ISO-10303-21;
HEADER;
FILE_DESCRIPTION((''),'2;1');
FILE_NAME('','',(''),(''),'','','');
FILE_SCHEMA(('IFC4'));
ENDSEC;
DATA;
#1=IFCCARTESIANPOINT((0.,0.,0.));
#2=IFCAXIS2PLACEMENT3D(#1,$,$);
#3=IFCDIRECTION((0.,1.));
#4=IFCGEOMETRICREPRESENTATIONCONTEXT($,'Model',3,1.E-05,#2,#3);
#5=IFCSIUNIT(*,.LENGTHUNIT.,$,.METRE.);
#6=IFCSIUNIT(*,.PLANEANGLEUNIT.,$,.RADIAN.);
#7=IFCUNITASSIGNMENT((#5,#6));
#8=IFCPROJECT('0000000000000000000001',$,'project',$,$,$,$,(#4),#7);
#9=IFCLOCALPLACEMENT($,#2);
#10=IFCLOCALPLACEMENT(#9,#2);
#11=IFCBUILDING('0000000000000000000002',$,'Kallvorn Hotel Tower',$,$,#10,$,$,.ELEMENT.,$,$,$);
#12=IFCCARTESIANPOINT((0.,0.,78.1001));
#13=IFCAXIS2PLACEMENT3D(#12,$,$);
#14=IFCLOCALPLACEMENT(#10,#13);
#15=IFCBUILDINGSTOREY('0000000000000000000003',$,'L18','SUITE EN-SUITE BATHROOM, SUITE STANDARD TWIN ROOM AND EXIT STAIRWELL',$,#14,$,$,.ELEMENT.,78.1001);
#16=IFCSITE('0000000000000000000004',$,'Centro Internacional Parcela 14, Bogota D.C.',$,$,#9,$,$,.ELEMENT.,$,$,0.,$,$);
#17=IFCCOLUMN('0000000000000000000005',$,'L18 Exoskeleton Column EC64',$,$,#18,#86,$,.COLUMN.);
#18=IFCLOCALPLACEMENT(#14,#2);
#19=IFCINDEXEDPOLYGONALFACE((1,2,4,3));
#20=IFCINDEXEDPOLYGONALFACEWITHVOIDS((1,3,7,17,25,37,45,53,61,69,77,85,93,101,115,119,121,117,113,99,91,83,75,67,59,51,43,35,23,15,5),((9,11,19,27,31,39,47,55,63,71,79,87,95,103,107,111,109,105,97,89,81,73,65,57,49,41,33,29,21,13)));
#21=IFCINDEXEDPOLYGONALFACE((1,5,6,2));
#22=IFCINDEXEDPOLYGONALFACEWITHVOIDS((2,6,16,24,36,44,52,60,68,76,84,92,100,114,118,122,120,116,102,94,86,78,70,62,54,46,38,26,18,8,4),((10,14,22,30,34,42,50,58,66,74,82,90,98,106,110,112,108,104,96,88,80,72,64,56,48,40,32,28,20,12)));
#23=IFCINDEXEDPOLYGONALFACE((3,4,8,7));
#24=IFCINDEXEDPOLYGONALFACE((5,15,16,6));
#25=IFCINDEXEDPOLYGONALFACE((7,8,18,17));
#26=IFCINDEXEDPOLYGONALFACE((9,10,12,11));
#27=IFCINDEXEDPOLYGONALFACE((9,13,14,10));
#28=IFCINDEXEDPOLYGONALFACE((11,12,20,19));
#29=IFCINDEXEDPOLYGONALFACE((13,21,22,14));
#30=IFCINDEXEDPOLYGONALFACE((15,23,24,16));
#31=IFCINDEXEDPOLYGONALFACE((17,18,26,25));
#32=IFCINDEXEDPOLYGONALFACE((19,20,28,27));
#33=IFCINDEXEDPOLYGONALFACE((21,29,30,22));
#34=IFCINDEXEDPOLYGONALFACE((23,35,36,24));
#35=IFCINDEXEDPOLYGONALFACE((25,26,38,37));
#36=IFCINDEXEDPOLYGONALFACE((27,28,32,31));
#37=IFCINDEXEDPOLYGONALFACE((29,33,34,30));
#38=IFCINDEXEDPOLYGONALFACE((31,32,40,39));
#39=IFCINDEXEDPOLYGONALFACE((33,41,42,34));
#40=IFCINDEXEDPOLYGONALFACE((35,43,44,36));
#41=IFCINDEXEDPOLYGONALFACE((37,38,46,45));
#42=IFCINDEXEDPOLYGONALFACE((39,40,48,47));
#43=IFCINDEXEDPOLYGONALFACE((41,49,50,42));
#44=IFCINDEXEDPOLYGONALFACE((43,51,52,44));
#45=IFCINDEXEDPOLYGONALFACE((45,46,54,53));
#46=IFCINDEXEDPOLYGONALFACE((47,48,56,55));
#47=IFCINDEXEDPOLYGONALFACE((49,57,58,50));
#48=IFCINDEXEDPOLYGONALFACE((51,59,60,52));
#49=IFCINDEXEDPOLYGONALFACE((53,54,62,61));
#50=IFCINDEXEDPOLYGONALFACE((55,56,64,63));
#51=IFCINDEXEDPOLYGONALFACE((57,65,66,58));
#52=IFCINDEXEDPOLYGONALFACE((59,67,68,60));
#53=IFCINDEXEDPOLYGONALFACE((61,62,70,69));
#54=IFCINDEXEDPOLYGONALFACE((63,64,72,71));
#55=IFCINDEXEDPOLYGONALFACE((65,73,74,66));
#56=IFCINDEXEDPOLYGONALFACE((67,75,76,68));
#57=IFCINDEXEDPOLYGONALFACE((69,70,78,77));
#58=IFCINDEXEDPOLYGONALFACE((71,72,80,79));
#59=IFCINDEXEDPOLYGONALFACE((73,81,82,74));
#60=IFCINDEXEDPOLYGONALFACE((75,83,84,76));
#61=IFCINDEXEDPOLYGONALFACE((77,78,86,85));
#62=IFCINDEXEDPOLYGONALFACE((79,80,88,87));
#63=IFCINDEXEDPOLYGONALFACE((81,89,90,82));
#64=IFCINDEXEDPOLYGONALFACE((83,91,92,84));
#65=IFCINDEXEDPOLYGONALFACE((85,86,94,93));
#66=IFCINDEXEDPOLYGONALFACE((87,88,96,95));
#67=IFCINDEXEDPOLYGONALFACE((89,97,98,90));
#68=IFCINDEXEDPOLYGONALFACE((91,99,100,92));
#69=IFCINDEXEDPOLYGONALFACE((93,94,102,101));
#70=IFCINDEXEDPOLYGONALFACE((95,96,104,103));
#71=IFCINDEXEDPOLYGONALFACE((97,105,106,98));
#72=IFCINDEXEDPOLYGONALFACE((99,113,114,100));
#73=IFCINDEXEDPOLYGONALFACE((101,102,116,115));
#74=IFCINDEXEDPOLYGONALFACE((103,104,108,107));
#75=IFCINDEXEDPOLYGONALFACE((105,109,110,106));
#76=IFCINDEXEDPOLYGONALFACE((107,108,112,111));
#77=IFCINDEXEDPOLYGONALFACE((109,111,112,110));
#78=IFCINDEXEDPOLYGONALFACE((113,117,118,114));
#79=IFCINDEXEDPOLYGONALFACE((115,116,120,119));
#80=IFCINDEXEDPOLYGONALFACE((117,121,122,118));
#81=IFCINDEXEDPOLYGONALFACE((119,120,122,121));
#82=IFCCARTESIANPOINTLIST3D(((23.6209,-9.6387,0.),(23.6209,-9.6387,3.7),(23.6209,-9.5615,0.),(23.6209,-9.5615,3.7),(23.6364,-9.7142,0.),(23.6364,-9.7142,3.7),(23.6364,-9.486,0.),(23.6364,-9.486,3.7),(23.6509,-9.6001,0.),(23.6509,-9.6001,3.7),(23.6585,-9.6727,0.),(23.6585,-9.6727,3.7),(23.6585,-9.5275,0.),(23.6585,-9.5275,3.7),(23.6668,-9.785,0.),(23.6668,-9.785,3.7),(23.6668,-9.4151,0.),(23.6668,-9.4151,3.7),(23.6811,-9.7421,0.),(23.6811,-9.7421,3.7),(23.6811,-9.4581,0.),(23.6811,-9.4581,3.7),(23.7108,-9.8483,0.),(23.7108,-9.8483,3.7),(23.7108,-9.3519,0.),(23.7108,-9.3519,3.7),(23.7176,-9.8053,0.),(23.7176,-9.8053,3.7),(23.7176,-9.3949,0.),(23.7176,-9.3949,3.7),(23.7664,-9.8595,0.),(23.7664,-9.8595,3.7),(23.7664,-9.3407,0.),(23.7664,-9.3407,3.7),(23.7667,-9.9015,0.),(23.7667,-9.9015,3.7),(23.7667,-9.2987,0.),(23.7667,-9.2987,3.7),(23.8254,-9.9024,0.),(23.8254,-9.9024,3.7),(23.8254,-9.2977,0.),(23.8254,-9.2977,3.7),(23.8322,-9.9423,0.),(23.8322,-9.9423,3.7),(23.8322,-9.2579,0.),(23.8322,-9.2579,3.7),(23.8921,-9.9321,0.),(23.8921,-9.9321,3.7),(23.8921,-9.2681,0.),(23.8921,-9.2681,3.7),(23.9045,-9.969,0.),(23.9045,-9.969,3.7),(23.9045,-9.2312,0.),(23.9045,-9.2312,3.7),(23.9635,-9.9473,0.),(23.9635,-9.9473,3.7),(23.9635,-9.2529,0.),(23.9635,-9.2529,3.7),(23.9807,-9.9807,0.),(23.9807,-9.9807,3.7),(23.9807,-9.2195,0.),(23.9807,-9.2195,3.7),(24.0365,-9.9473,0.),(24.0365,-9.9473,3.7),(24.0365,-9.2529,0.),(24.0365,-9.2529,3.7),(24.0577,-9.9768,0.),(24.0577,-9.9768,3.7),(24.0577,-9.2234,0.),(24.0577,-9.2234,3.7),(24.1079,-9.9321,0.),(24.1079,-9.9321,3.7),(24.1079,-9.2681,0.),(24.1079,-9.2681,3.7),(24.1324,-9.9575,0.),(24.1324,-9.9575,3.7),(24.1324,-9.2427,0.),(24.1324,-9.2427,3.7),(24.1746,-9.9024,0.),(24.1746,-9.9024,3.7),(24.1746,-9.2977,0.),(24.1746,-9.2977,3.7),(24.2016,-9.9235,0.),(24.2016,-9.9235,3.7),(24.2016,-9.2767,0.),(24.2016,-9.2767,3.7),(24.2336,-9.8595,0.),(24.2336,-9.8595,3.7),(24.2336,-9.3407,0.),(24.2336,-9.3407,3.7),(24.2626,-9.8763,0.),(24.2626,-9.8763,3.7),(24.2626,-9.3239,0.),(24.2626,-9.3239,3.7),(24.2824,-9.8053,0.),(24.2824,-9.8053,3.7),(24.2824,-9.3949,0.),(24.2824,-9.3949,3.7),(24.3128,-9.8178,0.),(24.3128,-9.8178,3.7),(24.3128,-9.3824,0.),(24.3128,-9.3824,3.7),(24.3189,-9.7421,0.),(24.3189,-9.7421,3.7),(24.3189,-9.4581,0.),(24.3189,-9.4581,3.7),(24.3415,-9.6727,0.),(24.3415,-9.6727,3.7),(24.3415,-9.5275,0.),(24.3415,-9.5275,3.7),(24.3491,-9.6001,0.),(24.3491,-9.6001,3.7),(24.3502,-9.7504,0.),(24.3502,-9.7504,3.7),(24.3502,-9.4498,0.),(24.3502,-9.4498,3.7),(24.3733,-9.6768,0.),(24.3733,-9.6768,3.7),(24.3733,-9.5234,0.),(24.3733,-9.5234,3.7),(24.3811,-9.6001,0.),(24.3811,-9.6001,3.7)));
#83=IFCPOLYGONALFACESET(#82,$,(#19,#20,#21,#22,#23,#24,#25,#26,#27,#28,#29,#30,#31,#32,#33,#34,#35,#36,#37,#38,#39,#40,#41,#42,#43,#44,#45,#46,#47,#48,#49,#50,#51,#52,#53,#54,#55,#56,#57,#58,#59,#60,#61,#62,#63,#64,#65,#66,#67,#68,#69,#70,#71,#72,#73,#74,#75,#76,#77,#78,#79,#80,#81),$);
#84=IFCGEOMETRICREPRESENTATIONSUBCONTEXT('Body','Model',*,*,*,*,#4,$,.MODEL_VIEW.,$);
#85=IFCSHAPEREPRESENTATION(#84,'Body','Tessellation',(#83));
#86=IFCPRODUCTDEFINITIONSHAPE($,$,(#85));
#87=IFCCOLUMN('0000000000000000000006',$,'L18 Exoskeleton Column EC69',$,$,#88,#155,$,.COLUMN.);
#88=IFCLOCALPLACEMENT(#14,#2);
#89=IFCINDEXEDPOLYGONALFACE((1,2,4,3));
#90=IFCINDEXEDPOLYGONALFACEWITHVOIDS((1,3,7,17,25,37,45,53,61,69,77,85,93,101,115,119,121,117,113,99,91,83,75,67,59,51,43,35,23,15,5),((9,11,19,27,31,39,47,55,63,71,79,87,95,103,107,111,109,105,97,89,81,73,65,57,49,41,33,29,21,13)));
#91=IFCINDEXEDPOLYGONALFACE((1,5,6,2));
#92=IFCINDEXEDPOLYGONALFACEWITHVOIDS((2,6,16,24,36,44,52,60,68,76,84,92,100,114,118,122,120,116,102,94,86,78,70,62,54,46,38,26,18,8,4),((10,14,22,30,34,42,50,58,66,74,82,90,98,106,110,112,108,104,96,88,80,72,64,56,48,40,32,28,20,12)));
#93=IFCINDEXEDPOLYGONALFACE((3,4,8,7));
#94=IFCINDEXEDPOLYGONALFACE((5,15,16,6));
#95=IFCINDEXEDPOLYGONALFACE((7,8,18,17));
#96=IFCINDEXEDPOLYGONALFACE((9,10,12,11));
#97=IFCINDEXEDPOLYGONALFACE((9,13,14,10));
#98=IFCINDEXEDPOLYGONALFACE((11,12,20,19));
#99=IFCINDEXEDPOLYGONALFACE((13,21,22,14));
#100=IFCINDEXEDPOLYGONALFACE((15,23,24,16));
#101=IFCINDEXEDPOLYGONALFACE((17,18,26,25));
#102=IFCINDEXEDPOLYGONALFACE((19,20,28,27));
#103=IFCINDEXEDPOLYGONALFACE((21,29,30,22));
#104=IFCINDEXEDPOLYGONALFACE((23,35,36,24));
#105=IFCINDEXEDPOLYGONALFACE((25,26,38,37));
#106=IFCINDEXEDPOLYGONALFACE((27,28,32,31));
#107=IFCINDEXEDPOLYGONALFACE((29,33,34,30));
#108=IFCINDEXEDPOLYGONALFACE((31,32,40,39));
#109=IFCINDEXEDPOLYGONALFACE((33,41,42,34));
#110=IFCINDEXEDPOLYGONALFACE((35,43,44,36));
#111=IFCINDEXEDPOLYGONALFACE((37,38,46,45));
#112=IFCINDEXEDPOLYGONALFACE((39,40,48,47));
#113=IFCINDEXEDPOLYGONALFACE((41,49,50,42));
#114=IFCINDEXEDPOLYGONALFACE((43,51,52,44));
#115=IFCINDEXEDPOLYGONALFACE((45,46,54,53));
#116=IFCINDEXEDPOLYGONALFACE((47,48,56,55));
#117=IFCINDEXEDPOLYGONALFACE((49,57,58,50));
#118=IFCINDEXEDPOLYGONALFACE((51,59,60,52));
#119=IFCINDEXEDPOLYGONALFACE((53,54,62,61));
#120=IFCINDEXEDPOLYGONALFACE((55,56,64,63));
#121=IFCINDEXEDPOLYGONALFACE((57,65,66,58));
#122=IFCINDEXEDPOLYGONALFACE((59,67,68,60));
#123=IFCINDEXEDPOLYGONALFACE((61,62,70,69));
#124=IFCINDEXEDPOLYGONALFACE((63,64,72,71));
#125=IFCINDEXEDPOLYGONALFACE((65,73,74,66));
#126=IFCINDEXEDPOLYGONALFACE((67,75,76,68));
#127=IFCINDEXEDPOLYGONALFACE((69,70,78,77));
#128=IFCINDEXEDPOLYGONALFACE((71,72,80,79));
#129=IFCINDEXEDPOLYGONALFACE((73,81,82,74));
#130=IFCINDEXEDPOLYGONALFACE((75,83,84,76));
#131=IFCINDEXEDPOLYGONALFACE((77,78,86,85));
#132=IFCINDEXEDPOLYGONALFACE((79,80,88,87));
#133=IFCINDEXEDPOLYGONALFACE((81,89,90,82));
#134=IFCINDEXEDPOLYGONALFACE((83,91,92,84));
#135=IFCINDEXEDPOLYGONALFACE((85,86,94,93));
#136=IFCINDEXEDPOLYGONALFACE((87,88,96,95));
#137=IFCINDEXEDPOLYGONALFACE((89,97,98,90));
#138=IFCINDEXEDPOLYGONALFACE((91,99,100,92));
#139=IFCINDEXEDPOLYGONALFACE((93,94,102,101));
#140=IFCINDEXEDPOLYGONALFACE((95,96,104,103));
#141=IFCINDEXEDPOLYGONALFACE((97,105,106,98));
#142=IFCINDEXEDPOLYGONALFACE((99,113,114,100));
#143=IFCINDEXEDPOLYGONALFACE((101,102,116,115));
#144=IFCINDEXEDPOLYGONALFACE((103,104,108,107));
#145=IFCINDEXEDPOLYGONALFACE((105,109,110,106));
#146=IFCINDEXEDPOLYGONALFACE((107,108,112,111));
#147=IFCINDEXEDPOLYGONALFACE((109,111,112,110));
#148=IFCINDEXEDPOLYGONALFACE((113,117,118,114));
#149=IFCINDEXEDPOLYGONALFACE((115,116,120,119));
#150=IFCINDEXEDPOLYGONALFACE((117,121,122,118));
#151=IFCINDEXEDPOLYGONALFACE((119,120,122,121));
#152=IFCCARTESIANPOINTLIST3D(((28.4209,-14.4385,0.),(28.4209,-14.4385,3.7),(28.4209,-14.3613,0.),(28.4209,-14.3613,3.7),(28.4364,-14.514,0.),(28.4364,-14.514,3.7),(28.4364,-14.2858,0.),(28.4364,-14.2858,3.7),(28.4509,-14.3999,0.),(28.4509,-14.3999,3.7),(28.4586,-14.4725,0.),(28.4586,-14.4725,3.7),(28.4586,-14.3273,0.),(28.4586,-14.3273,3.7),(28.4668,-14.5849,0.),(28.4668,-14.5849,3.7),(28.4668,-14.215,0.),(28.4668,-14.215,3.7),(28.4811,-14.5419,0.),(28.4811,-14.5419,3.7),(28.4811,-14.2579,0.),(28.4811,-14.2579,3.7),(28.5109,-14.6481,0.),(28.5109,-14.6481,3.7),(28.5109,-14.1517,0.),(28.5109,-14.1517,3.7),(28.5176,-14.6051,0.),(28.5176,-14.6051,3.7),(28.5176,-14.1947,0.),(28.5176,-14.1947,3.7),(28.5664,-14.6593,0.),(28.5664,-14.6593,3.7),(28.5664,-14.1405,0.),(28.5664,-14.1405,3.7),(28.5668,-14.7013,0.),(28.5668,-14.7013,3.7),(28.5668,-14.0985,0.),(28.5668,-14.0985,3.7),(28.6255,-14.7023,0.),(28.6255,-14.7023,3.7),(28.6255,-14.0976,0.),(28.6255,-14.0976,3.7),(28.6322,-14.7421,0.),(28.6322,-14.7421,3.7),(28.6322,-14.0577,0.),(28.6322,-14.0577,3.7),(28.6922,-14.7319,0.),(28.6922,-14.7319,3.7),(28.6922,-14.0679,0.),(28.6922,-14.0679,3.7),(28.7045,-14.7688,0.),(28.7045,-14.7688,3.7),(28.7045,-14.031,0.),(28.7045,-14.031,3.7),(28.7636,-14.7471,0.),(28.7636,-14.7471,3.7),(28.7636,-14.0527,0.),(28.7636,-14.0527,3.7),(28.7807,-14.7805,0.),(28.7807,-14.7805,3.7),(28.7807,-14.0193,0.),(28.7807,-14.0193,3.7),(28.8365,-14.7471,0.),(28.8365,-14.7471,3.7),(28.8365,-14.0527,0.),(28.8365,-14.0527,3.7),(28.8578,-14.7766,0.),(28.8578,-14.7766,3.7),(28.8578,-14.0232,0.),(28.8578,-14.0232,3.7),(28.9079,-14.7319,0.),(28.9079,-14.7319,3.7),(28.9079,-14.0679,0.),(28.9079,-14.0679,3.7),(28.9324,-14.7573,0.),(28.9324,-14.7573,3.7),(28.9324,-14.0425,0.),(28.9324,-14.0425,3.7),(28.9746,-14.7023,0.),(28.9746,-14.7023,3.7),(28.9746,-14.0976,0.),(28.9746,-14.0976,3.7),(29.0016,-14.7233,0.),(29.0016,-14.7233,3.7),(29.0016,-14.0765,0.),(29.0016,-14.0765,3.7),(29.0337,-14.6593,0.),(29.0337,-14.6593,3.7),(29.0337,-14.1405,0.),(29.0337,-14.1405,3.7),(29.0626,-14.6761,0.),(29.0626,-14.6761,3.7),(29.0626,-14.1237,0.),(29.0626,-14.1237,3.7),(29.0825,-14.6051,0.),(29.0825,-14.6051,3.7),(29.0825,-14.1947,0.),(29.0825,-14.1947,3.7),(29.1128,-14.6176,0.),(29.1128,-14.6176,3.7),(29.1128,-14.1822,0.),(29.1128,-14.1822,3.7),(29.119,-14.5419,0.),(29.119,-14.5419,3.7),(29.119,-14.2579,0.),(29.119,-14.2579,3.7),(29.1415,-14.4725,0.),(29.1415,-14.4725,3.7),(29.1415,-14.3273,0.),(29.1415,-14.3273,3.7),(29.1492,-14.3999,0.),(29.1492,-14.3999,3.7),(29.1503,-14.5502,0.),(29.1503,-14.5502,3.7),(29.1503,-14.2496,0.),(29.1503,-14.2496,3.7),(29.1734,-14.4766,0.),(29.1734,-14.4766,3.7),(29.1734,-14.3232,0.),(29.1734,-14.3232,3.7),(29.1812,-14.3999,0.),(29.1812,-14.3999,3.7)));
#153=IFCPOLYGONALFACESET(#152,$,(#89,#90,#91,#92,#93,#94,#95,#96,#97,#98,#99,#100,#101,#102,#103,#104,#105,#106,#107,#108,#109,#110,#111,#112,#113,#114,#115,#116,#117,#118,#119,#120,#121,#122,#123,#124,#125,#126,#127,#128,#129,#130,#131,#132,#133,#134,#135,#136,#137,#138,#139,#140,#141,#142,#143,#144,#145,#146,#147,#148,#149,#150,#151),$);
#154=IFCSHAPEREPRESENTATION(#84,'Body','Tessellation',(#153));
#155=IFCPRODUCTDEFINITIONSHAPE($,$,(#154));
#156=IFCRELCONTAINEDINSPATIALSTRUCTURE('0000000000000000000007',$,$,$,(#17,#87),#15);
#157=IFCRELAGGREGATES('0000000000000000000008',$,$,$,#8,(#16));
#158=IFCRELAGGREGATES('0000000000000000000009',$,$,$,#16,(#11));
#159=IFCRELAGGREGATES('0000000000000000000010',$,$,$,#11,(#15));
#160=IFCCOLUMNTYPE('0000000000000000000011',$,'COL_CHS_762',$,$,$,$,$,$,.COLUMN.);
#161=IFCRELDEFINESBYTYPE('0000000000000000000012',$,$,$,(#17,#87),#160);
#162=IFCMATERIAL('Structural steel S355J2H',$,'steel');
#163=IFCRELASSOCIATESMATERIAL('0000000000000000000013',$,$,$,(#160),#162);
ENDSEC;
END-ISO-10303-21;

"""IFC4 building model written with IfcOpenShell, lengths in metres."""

from ifc_helpers import new_model, si_unit, direction, frame, origin, origin_2d, place, context, subcontext, project, spatial, hollow_circle, extrude, material, material_profile, profile_set, type_object, element, save


model = new_model("IFC4")

# Units and contexts
model_context = context("Model", 3, precision=1e-05, world=origin(), true_north=direction((0.0, 1.0)))
body_context = subcontext(model_context, "Body", "Model", "MODEL_VIEW")
ifc_project = project(units=[si_unit("LENGTHUNIT", "METRE"), si_unit("PLANEANGLEUNIT", "RADIAN")], contexts=[model_context])

# Site, building, storey
site_placement = place(None, origin())
site = spatial("IfcSite", under=ifc_project, at=site_placement, Name="Centro Internacional Parcela 14, Bogota D.C.", CompositionType="ELEMENT", RefElevation=0.0)
building_placement = place(site_placement, origin())
building = spatial("IfcBuilding", under=site, at=building_placement, Name="Kallvorn Hotel Tower", CompositionType="ELEMENT")
storey_placement = place(building_placement, frame((0.0, 0.0, 78.1001)))
storey = spatial("IfcBuildingStorey", under=building, at=storey_placement, Name="L18", Description="SUITE EN-SUITE BATHROOM, SUITE STANDARD TWIN ROOM AND EXIT STAIRWELL", CompositionType="ELEMENT", Elevation=78.1001)

# Columns
ifc_material_1 = material(Name="Structural steel S355J2H", Category="steel")
ifc_material_profile_1 = material_profile(ifc_material_1, hollow_circle(Radius=0.3811, WallThickness=0.032, at=origin_2d()), Name="CHS 762x32")
ifc_profile_set_1 = profile_set([ifc_material_profile_1], Name="Structural steel S355J2H")
column_type_1 = type_object("IfcColumnType", Name="COL_CHS_762", PredefinedType="COLUMN", material=ifc_profile_set_1)
for number, where, z_axis, x_axis, name in (
    (1, (24.0, -9.6001, 0.0), (0.0, 0.0, 1.0), (1.0, 0.0, 0.0), "L18 Exoskeleton Column EC64"),
    (2, (28.8, -14.3999, 0.0), (0.0, 0.0, 1.0), (1.0, 0.0, 0.0), "L18 Exoskeleton Column EC69"),
):
    element("IfcColumn", number, at=place(storey_placement, frame(where, z_axis=z_axis, x_axis=x_axis)), inside=storey, type_object=column_type_1, Name=name, PredefinedType="COLUMN", context=body_context, shape_type="SweptSolid", body=[
        extrude(hollow_circle(Radius=0.3811, WallThickness=0.032, at=origin_2d()), origin(), (0.0, 0.0, 1.0), 3.7),
    ])

save(model, "model.ifc")
